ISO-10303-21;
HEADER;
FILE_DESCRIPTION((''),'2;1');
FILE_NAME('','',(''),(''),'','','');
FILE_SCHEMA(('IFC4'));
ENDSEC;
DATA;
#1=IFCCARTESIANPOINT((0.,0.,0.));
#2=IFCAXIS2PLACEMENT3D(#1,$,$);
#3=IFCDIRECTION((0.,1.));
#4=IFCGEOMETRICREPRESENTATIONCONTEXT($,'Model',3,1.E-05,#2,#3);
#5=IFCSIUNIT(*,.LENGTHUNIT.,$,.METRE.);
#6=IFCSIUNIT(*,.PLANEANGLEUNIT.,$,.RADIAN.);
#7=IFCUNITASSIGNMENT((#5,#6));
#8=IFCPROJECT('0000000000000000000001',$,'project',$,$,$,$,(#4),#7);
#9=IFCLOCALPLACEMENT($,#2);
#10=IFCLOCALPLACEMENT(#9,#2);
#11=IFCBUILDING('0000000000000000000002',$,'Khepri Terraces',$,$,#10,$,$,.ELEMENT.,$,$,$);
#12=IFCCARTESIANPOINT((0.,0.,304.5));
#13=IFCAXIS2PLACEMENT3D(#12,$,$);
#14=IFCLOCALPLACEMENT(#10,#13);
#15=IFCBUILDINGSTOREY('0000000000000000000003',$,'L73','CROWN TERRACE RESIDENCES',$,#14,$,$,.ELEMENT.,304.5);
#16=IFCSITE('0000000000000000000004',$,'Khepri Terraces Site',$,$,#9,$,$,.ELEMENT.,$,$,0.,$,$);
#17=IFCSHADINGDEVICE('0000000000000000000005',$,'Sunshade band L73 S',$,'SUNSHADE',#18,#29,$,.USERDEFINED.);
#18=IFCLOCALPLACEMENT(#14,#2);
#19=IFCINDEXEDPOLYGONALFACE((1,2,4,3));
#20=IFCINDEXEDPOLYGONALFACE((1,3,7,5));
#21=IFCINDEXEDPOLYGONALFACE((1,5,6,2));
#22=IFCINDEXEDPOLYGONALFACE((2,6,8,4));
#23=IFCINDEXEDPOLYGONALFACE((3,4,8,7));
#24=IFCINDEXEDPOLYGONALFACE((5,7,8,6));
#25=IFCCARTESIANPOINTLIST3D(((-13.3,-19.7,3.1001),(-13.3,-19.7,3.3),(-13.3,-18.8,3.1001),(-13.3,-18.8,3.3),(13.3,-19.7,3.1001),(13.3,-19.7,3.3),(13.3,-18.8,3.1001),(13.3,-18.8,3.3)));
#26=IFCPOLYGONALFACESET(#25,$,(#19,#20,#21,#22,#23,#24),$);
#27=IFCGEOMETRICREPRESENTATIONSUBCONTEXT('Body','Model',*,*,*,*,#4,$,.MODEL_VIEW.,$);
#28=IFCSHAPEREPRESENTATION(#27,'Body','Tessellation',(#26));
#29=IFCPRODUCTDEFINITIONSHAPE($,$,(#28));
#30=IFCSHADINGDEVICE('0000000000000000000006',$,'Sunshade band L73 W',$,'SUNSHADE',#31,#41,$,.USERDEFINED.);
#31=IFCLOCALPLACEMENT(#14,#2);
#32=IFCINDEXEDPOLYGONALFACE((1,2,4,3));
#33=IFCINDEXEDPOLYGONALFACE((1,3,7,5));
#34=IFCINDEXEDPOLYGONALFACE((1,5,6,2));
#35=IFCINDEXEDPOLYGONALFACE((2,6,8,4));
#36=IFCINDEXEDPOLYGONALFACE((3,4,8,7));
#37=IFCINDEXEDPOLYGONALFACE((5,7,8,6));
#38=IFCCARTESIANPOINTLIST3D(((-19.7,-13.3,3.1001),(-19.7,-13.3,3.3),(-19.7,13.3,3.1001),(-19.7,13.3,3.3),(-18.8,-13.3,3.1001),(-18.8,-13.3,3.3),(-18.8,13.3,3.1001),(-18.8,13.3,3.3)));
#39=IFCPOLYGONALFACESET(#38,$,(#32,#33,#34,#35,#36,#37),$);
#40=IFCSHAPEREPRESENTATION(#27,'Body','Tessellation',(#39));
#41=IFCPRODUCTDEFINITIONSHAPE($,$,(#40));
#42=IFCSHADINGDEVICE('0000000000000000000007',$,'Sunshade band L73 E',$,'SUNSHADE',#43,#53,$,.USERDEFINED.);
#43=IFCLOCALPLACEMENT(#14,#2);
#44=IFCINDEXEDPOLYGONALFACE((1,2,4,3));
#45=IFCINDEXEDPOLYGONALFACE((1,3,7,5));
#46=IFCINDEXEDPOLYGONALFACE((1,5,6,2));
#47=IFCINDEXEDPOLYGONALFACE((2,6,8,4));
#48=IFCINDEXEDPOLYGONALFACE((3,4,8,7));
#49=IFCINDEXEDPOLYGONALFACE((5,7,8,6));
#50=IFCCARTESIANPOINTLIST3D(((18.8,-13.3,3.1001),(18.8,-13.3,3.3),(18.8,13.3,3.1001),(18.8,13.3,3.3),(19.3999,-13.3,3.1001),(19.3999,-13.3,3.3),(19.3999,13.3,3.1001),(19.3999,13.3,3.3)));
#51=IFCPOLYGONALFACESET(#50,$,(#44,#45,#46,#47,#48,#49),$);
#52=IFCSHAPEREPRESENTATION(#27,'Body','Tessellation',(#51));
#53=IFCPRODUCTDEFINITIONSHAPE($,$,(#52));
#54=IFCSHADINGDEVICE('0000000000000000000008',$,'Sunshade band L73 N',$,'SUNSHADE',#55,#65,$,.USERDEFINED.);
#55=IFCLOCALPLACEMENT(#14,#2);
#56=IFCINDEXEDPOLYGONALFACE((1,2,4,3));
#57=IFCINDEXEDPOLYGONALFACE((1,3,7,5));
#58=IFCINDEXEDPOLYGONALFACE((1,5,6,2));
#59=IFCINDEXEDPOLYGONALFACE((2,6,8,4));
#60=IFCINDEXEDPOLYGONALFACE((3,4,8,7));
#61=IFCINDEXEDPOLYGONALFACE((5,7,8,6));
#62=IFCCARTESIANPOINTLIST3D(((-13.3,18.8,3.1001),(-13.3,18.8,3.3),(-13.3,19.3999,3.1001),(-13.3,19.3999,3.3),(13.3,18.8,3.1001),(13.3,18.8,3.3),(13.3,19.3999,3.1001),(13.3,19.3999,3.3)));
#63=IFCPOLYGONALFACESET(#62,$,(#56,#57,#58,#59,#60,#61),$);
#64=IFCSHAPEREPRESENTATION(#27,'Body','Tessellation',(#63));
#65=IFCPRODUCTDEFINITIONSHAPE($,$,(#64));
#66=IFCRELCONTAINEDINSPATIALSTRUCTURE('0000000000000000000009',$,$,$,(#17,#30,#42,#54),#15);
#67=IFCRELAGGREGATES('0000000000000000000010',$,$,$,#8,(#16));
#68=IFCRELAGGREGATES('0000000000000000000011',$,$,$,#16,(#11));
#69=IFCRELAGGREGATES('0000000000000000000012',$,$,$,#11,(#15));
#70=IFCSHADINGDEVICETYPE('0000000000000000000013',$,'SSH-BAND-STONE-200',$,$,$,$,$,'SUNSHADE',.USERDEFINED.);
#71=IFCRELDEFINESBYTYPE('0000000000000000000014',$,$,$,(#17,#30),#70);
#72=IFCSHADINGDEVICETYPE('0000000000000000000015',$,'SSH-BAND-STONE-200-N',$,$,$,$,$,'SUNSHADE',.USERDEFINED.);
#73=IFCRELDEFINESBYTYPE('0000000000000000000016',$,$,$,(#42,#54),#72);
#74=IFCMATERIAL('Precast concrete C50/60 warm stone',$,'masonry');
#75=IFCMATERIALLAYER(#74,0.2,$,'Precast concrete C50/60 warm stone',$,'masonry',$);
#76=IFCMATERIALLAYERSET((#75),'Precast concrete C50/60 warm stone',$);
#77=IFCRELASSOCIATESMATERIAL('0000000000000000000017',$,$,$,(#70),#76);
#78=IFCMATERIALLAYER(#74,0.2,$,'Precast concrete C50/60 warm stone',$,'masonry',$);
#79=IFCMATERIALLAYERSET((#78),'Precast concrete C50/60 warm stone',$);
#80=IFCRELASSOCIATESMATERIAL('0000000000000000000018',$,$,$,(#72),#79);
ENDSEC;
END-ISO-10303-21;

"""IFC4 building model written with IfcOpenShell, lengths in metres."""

from ifc_helpers import new_model, si_unit, direction, frame, origin, place, context, subcontext, project, spatial, polyline, outline, extrude, material, layer, layer_set, type_object, element, save


model = new_model("IFC4")

# Units and contexts
model_context = context("Model", 3, precision=1e-05, world=origin(), true_north=direction((0.0, 1.0)))
body_context = subcontext(model_context, "Body", "Model", "MODEL_VIEW")
ifc_project = project(units=[si_unit("LENGTHUNIT", "METRE"), si_unit("PLANEANGLEUNIT", "RADIAN")], contexts=[model_context])

# Site, building, storey
site_placement = place(None, origin())
site = spatial("IfcSite", under=ifc_project, at=site_placement, Name="Khepri Terraces Site", CompositionType="ELEMENT", RefElevation=0.0)
building_placement = place(site_placement, origin())
building = spatial("IfcBuilding", under=site, at=building_placement, Name="Khepri Terraces", CompositionType="ELEMENT")
storey_placement = place(building_placement, frame((0.0, 0.0, 304.5)))
storey = spatial("IfcBuildingStorey", under=building, at=storey_placement, Name="L73", Description="CROWN TERRACE RESIDENCES", CompositionType="ELEMENT", Elevation=304.5)

# Shading devices
ifc_material_1 = material(Name="Precast concrete C50/60 warm stone", Category="masonry")
ifc_layer_1 = layer(ifc_material_1, 0.2, Name="Precast concrete C50/60 warm stone", Category="masonry")
ifc_layer_set_1 = layer_set([ifc_layer_1], Name="Precast concrete C50/60 warm stone")
shading_device_type_1 = type_object("IfcShadingDeviceType", Name="SSH-BAND-STONE-200", ElementType="SUNSHADE", PredefinedType="USERDEFINED", material=ifc_layer_set_1)
shading_device_1_placement = place(storey_placement, frame((0.0, 0.0, 3.1001)))
element("IfcShadingDevice", 1, at=shading_device_1_placement, inside=storey, type_object=shading_device_type_1, Name="Sunshade band L73 S", ObjectType="SUNSHADE", PredefinedType="USERDEFINED", context=body_context, shape_type="SweptSolid", body=[
    extrude(outline(polyline([(13.3, -18.8), (-13.3, -18.8), (-13.3, -19.7), (13.3, -19.7), (13.3, -18.8)])), origin(), (0.0, 0.0, 1.0), 0.2),
])
shading_device_2_placement = place(storey_placement, frame((0.0, 0.0, 3.1001)))
element("IfcShadingDevice", 2, at=shading_device_2_placement, inside=storey, type_object=shading_device_type_1, Name="Sunshade band L73 W", ObjectType="SUNSHADE", PredefinedType="USERDEFINED", context=body_context, shape_type="SweptSolid", body=[
    extrude(outline(polyline([(-18.8, -13.3), (-18.8, 13.3), (-19.7, 13.3), (-19.7, -13.3), (-18.8, -13.3)])), origin(), (0.0, 0.0, 1.0), 0.2),
])
ifc_layer_2 = layer(ifc_material_1, 0.2, Name="Precast concrete C50/60 warm stone", Category="masonry")
ifc_layer_set_2 = layer_set([ifc_layer_2], Name="Precast concrete C50/60 warm stone")
shading_device_type_2 = type_object("IfcShadingDeviceType", Name="SSH-BAND-STONE-200-N", ElementType="SUNSHADE", PredefinedType="USERDEFINED", material=ifc_layer_set_2)
shading_device_3_placement = place(storey_placement, frame((0.0, 0.0, 3.1001)))
element("IfcShadingDevice", 3, at=shading_device_3_placement, inside=storey, type_object=shading_device_type_2, Name="Sunshade band L73 E", ObjectType="SUNSHADE", PredefinedType="USERDEFINED", context=body_context, shape_type="SweptSolid", body=[
    extrude(outline(polyline([(18.8, 13.3), (18.8, -13.3), (19.3999, -13.3), (19.3999, 13.3), (18.8, 13.3)])), origin(), (0.0, 0.0, 1.0), 0.2),
])
shading_device_4_placement = place(storey_placement, frame((0.0, 0.0, 3.1001)))
element("IfcShadingDevice", 4, at=shading_device_4_placement, inside=storey, type_object=shading_device_type_2, Name="Sunshade band L73 N", ObjectType="SUNSHADE", PredefinedType="USERDEFINED", context=body_context, shape_type="SweptSolid", body=[
    extrude(outline(polyline([(-13.3, 18.8), (13.3, 18.8), (13.3, 19.3999), (-13.3, 19.3999), (-13.3, 18.8)])), origin(), (0.0, 0.0, 1.0), 0.2),
])

save(model, "model.ifc")
